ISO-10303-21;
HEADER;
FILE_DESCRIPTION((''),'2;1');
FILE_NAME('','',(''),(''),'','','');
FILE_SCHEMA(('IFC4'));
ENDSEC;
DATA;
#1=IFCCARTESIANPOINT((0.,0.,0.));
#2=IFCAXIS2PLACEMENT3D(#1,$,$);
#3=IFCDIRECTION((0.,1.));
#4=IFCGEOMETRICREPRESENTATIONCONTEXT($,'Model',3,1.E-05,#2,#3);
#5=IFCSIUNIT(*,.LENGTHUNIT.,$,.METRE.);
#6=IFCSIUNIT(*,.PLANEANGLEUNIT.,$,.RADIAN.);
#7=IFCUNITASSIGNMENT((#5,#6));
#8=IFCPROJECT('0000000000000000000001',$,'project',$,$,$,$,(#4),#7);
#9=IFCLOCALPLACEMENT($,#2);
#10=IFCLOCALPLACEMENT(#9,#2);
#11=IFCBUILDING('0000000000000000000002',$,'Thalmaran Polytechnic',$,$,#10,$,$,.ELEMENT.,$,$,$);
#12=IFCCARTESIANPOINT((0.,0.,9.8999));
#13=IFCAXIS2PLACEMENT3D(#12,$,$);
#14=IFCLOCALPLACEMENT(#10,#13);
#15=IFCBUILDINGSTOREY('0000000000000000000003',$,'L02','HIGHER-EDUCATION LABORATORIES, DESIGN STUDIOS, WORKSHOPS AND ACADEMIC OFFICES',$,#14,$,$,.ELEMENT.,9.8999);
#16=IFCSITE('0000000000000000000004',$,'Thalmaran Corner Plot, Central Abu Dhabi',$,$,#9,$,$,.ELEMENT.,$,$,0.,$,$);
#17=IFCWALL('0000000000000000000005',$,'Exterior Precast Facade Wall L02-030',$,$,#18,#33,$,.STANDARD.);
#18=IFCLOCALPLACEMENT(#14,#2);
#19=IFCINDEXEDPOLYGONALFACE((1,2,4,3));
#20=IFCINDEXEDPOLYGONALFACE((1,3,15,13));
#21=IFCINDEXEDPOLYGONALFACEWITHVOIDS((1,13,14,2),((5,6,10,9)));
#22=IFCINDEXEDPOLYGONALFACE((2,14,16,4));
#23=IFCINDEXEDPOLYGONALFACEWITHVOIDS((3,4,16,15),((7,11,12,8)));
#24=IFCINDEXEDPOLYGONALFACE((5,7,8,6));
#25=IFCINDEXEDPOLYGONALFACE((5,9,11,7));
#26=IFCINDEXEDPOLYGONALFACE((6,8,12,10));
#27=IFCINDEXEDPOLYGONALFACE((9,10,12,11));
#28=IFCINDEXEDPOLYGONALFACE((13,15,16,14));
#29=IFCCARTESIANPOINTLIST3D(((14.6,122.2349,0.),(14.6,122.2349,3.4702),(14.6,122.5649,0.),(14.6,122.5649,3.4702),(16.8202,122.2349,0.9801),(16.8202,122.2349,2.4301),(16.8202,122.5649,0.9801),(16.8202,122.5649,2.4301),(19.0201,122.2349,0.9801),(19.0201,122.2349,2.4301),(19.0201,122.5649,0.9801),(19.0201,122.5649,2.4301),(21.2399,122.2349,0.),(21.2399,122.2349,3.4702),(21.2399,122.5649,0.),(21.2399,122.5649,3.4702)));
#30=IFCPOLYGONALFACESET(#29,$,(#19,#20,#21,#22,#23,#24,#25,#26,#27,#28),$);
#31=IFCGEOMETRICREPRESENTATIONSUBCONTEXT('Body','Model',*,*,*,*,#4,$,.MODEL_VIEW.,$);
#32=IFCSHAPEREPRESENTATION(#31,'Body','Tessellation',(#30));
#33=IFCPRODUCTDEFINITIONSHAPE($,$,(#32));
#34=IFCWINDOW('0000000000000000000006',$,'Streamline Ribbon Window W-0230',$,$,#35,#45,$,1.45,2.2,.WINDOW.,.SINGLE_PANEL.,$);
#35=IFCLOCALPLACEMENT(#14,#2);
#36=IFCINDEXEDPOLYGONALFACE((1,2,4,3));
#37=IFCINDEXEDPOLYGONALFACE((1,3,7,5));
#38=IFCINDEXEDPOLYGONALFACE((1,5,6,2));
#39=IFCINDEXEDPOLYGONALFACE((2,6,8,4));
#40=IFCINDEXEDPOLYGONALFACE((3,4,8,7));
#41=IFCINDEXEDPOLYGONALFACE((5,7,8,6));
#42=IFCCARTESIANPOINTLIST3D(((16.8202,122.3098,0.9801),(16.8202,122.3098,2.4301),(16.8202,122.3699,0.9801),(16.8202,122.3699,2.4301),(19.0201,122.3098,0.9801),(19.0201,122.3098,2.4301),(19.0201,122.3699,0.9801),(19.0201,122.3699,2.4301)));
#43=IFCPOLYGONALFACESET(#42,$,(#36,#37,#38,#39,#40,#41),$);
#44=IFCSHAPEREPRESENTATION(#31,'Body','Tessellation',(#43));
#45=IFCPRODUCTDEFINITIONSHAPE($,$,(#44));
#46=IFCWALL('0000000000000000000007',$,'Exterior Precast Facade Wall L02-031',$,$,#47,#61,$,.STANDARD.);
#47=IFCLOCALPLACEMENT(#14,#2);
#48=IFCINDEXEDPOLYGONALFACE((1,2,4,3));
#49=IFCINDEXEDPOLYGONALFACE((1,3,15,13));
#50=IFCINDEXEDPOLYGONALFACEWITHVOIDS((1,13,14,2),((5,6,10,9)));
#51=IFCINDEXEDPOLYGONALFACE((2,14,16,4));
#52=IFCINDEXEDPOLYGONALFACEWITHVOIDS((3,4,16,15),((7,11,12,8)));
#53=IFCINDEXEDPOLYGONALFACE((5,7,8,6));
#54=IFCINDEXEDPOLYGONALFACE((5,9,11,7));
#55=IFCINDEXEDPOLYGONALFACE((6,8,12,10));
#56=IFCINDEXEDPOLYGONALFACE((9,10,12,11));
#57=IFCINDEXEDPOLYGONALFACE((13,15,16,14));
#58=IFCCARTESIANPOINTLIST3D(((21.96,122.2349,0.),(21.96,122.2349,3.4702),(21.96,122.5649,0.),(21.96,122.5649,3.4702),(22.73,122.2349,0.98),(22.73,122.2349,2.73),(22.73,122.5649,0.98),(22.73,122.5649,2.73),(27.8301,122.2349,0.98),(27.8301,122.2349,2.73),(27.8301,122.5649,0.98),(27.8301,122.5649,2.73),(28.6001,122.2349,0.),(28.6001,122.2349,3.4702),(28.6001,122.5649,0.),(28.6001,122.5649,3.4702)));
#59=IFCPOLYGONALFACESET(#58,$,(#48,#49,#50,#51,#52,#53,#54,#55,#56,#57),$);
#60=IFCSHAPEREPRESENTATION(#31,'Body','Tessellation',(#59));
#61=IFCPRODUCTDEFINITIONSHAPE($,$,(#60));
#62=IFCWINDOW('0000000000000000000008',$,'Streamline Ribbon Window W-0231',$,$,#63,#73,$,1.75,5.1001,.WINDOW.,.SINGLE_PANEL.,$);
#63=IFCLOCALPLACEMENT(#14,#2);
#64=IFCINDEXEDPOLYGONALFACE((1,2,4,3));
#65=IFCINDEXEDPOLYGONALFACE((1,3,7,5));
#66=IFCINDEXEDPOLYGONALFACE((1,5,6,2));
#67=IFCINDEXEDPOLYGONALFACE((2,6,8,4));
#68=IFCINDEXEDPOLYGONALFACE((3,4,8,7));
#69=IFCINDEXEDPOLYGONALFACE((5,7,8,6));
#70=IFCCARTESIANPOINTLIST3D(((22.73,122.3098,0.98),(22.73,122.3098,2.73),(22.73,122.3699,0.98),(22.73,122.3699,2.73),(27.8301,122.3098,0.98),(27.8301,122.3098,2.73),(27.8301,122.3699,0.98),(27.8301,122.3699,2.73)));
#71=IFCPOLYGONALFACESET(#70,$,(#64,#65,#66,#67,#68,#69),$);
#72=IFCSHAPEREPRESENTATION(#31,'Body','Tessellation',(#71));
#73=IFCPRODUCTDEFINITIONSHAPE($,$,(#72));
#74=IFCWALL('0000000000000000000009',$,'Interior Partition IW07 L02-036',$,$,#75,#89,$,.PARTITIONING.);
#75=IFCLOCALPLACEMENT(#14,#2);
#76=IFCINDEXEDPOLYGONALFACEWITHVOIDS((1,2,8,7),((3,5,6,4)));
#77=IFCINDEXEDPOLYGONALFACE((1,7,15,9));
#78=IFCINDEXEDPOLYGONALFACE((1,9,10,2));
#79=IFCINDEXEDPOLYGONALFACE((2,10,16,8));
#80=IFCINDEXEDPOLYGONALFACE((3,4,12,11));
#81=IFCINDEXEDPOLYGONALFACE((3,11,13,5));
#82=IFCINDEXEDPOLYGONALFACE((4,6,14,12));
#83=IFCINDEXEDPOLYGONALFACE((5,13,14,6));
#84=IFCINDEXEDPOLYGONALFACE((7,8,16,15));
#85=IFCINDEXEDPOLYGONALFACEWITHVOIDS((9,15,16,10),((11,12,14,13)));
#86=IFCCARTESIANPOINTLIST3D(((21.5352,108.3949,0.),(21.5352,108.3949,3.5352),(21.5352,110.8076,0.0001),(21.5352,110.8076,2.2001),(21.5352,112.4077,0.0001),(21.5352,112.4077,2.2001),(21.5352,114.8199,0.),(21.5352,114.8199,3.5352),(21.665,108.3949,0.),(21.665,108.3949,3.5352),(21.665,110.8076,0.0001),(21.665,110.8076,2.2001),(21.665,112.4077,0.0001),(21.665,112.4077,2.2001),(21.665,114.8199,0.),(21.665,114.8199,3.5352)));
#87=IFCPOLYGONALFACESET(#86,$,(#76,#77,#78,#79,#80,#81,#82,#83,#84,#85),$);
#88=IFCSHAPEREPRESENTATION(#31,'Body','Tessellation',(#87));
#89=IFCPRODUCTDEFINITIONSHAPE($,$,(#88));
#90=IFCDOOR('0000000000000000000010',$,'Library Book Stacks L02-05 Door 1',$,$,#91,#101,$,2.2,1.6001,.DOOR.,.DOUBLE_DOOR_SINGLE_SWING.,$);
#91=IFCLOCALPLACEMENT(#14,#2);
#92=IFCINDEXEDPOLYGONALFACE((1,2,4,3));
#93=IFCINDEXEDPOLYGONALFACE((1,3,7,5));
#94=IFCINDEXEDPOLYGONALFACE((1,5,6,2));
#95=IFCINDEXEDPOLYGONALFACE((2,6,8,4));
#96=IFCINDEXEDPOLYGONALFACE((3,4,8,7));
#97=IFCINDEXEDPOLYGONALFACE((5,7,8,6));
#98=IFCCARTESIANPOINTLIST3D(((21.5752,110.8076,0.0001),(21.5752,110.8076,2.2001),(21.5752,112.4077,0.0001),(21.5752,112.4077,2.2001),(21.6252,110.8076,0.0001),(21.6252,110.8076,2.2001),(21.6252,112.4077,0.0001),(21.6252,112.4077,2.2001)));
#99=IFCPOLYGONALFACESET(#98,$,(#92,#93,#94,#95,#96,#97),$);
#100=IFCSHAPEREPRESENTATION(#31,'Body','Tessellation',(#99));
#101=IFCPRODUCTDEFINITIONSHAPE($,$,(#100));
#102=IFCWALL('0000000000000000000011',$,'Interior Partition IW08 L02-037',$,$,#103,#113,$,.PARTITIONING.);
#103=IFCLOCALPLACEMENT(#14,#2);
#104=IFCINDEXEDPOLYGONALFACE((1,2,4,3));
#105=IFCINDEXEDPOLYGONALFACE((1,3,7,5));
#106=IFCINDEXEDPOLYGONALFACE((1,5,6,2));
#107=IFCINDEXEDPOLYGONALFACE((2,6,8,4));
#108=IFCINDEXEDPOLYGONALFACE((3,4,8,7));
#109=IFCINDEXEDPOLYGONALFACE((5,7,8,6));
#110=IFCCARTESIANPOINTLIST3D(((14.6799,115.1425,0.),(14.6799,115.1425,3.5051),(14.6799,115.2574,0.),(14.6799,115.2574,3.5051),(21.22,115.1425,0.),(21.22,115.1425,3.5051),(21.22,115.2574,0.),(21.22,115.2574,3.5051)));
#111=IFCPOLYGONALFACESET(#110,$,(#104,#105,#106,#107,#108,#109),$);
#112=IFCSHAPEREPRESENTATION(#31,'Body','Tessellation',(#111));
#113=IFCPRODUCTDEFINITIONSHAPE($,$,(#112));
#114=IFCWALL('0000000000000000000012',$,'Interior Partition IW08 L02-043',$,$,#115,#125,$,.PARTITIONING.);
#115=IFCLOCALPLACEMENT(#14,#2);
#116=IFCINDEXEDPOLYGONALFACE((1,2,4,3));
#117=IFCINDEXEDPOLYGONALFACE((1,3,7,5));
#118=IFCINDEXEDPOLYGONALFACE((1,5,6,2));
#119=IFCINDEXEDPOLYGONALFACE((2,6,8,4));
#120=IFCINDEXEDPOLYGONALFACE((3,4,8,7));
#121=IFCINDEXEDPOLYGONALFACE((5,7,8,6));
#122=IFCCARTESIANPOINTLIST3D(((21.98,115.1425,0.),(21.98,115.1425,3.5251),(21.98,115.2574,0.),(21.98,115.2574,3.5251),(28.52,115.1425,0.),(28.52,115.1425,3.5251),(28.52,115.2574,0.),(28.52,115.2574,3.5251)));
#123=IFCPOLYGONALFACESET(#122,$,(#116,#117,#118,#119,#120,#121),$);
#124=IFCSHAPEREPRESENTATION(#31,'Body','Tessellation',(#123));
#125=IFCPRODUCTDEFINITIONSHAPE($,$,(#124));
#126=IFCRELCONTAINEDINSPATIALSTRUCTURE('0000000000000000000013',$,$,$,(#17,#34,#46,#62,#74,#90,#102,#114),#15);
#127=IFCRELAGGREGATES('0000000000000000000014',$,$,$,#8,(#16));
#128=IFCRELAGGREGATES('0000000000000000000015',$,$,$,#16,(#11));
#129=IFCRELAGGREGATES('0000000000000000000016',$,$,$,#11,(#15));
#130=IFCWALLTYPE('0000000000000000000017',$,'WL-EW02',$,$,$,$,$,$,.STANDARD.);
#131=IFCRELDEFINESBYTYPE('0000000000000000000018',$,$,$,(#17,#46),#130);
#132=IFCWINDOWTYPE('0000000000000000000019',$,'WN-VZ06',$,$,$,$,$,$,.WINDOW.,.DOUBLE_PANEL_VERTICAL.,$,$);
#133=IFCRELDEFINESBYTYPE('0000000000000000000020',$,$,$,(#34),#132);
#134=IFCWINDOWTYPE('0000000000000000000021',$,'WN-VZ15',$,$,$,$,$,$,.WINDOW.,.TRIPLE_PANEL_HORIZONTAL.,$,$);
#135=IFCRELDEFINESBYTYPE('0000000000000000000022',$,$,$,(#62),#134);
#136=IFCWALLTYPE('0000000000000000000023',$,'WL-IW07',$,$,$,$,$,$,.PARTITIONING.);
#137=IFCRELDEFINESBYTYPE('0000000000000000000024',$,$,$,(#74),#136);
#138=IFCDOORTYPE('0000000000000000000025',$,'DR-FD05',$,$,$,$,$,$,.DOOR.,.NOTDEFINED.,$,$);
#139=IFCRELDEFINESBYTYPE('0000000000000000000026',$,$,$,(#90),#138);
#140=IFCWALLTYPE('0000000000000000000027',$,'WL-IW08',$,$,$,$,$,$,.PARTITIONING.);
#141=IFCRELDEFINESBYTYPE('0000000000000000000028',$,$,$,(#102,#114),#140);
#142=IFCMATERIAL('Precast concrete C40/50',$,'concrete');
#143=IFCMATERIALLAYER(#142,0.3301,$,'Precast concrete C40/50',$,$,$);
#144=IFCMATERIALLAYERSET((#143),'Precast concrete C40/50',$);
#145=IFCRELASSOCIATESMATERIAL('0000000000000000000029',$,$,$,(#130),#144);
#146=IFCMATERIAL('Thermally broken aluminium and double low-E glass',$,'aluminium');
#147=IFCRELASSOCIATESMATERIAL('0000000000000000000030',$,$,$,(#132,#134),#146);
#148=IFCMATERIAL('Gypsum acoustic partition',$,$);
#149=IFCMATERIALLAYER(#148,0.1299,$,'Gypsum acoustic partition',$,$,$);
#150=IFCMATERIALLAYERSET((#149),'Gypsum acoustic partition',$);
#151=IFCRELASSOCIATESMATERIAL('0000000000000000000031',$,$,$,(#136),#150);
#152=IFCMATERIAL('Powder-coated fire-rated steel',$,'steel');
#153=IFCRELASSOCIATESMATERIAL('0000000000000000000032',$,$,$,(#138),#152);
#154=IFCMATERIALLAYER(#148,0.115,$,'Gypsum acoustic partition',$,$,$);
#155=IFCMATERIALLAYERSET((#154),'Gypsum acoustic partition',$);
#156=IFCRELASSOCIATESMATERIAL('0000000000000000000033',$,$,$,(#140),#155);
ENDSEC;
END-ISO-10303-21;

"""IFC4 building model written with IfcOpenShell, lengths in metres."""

from ifc_helpers import new_model, si_unit, direction, frame, frame_2d, origin, place, context, subcontext, project, spatial, rectangle, extrude, material, layer, layer_set, type_object, element, fill, save


model = new_model("IFC4")

# Units and contexts
model_context = context("Model", 3, precision=1e-05, world=origin(), true_north=direction((0.0, 1.0)))
body_context = subcontext(model_context, "Body", "Model", "MODEL_VIEW")
ifc_project = project(units=[si_unit("LENGTHUNIT", "METRE"), si_unit("PLANEANGLEUNIT", "RADIAN")], contexts=[model_context])

# Site, building, storey
site_placement = place(None, origin())
site = spatial("IfcSite", under=ifc_project, at=site_placement, Name="Thalmaran Corner Plot, Central Abu Dhabi", CompositionType="ELEMENT", RefElevation=0.0)
building_placement = place(site_placement, origin())
building = spatial("IfcBuilding", under=site, at=building_placement, Name="Thalmaran Polytechnic", CompositionType="ELEMENT")
storey_placement = place(building_placement, frame((0.0, 0.0, 9.8999)))
storey = spatial("IfcBuildingStorey", under=building, at=storey_placement, Name="L02", Description="HIGHER-EDUCATION LABORATORIES, DESIGN STUDIOS, WORKSHOPS AND ACADEMIC OFFICES", CompositionType="ELEMENT", Elevation=9.8999)

# Walls, openings, windows
ifc_material_1 = material(Name="Precast concrete C40/50", Category="concrete")
ifc_layer_1 = layer(ifc_material_1, 0.3301, Name="Precast concrete C40/50")
ifc_layer_set_1 = layer_set([ifc_layer_1], Name="Precast concrete C40/50")
wall_type_1 = type_object("IfcWallType", Name="WL-EW02", PredefinedType="STANDARD", material=ifc_layer_set_1)
wall_1_placement = place(storey_placement, frame((14.6001, 122.3999, 0.0), z_axis=(0.0, 0.0, 1.0), x_axis=(1.0, 0.0, 0.0)))
wall_1 = element("IfcWall", 1, at=wall_1_placement, inside=storey, type_object=wall_type_1, Name="Exterior Precast Facade Wall L02-030", PredefinedType="STANDARD", context=body_context, shape_type="SweptSolid", body=[
    extrude(rectangle(XDim=6.6399, YDim=0.3301, at=frame_2d((3.3198, 0.0))), origin(), (0.0, 0.0, 1.0), 3.4702),
])
opening_1_placement = place(wall_1_placement, frame((2.22, 0.0, 0.98)))
opening_1 = element("IfcOpeningElement", 2, at=opening_1_placement, cuts=wall_1, PredefinedType="OPENING", context=body_context, shape_type="SweptSolid", body=[
    extrude(rectangle(XDim=2.2, YDim=1.45, at=frame_2d((1.1001, 0.7251))), frame((0.0, 0.175, 0.0), z_axis=(0.0, -1.0, 0.0), x_axis=(1.0, 0.0, 0.0)), (0.0, 0.0, 1.0), 0.3501),
])
ifc_material_2 = material(Name="Thermally broken aluminium and double low-E glass", Category="aluminium")
window_type_1 = type_object("IfcWindowType", Name="WN-VZ06", PartitioningType="DOUBLE_PANEL_VERTICAL", PredefinedType="WINDOW", material=ifc_material_2)
window_1_placement = place(opening_1_placement, origin())
window_1 = element("IfcWindow", 3, at=window_1_placement, inside=storey, type_object=window_type_1, Name="Streamline Ribbon Window W-0230", OverallHeight=1.45, OverallWidth=2.2, PartitioningType="SINGLE_PANEL", PredefinedType="WINDOW", context=body_context, shape_type="SweptSolid", body=[
    extrude(rectangle(XDim=2.2, YDim=1.45, at=frame_2d((1.1001, 0.7251))), frame((0.0, -0.03, 0.0), z_axis=(0.0, -1.0, 0.0), x_axis=(1.0, 0.0, 0.0)), (0.0, 0.0, 1.0), 0.0601),
])
fill(opening_1, window_1)
wall_2_placement = place(storey_placement, frame((21.96, 122.3999, 0.0), z_axis=(0.0, 0.0, 1.0), x_axis=(1.0, 0.0, 0.0)))
wall_2 = element("IfcWall", 4, at=wall_2_placement, inside=storey, type_object=wall_type_1, Name="Exterior Precast Facade Wall L02-031", PredefinedType="STANDARD", context=body_context, shape_type="SweptSolid", body=[
    extrude(rectangle(XDim=6.6401, YDim=0.3301, at=frame_2d((3.3201, 0.0))), origin(), (0.0, 0.0, 1.0), 3.4702),
])
opening_2_placement = place(wall_2_placement, frame((0.77, 0.0, 0.98)))
opening_2 = element("IfcOpeningElement", 5, at=opening_2_placement, cuts=wall_2, PredefinedType="OPENING", context=body_context, shape_type="SweptSolid", body=[
    extrude(rectangle(XDim=5.1001, YDim=1.75, at=frame_2d((2.55, 0.875))), frame((0.0, 0.175, 0.0), z_axis=(0.0, -1.0, 0.0), x_axis=(1.0, 0.0, 0.0)), (0.0, 0.0, 1.0), 0.3501),
])
window_type_2 = type_object("IfcWindowType", Name="WN-VZ15", PartitioningType="TRIPLE_PANEL_HORIZONTAL", PredefinedType="WINDOW", material=ifc_material_2)
window_2_placement = place(opening_2_placement, origin())
window_2 = element("IfcWindow", 6, at=window_2_placement, inside=storey, type_object=window_type_2, Name="Streamline Ribbon Window W-0231", OverallHeight=1.75, OverallWidth=5.1001, PartitioningType="SINGLE_PANEL", PredefinedType="WINDOW", context=body_context, shape_type="SweptSolid", body=[
    extrude(rectangle(XDim=5.1001, YDim=1.75, at=frame_2d((2.55, 0.875))), frame((0.0, -0.03, 0.0), z_axis=(0.0, -1.0, 0.0), x_axis=(1.0, 0.0, 0.0)), (0.0, 0.0, 1.0), 0.0601),
])
fill(opening_2, window_2)

# Wall, opening, door
ifc_material_3 = material(Name="Gypsum acoustic partition")
ifc_layer_2 = layer(ifc_material_3, 0.1299, Name="Gypsum acoustic partition")
ifc_layer_set_2 = layer_set([ifc_layer_2], Name="Gypsum acoustic partition")
wall_type_2 = type_object("IfcWallType", Name="WL-IW07", PredefinedType="PARTITIONING", material=ifc_layer_set_2)
wall_3_placement = place(storey_placement, frame((21.6001, 108.395, 0.0), z_axis=(0.0, 0.0, 1.0), x_axis=(0.0, 1.0, 0.0)))
wall_3 = element("IfcWall", 7, at=wall_3_placement, inside=storey, type_object=wall_type_2, Name="Interior Partition IW07 L02-036", PredefinedType="PARTITIONING", context=body_context, shape_type="SweptSolid", body=[
    extrude(rectangle(XDim=6.425, YDim=0.1299, at=frame_2d((3.2124, 0.0))), origin(), (0.0, 0.0, 1.0), 3.5352),
])
opening_3_placement = place(wall_3_placement, frame((2.4126, 0.0, 0.0)))
opening_3 = element("IfcOpeningElement", 8, at=opening_3_placement, cuts=wall_3, PredefinedType="OPENING", context=body_context, shape_type="SweptSolid", body=[
    extrude(rectangle(XDim=1.6001, YDim=2.2, at=frame_2d((0.8, 1.1001))), frame((0.0, 0.075, 0.0), z_axis=(0.0, -1.0, 0.0), x_axis=(1.0, 0.0, 0.0)), (0.0, 0.0, 1.0), 0.1499),
])
ifc_material_4 = material(Name="Powder-coated fire-rated steel", Category="steel")
door_type = type_object("IfcDoorType", Name="DR-FD05", OperationType="NOTDEFINED", PredefinedType="DOOR", material=ifc_material_4)
door_placement = place(opening_3_placement, origin())
door = element("IfcDoor", 9, at=door_placement, inside=storey, type_object=door_type, Name="Library Book Stacks L02-05 Door 1", OperationType="DOUBLE_DOOR_SINGLE_SWING", OverallHeight=2.2, OverallWidth=1.6001, PredefinedType="DOOR", context=body_context, shape_type="SweptSolid", body=[
    extrude(rectangle(XDim=1.6001, YDim=2.2, at=frame_2d((0.8, 1.1001))), frame((0.0, 0.0249, 0.0), z_axis=(0.0, -1.0, 0.0), x_axis=(1.0, 0.0, 0.0)), (0.0, 0.0, 1.0), 0.05),
])
fill(opening_3, door)

# Walls
ifc_layer_3 = layer(ifc_material_3, 0.115, Name="Gypsum acoustic partition")
ifc_layer_set_3 = layer_set([ifc_layer_3], Name="Gypsum acoustic partition")
wall_type_3 = type_object("IfcWallType", Name="WL-IW08", PredefinedType="PARTITIONING", material=ifc_layer_set_3)
wall_4_placement = place(storey_placement, frame((14.6799, 115.2, 0.0), z_axis=(0.0, 0.0, 1.0), x_axis=(1.0, 0.0, 0.0)))
element("IfcWall", 10, at=wall_4_placement, inside=storey, type_object=wall_type_3, Name="Interior Partition IW08 L02-037", PredefinedType="PARTITIONING", context=body_context, shape_type="SweptSolid", body=[
    extrude(rectangle(XDim=6.54, YDim=0.115, at=frame_2d((3.27, 0.0))), origin(), (0.0, 0.0, 1.0), 3.5051),
])
wall_5_placement = place(storey_placement, frame((21.98, 115.2, 0.0), z_axis=(0.0, 0.0, 1.0), x_axis=(1.0, 0.0, 0.0)))
element("IfcWall", 11, at=wall_5_placement, inside=storey, type_object=wall_type_3, Name="Interior Partition IW08 L02-043", PredefinedType="PARTITIONING", context=body_context, shape_type="SweptSolid", body=[
    extrude(rectangle(XDim=6.54, YDim=0.115, at=frame_2d((3.27, 0.0))), origin(), (0.0, 0.0, 1.0), 3.5251),
])

save(model, "model.ifc")
